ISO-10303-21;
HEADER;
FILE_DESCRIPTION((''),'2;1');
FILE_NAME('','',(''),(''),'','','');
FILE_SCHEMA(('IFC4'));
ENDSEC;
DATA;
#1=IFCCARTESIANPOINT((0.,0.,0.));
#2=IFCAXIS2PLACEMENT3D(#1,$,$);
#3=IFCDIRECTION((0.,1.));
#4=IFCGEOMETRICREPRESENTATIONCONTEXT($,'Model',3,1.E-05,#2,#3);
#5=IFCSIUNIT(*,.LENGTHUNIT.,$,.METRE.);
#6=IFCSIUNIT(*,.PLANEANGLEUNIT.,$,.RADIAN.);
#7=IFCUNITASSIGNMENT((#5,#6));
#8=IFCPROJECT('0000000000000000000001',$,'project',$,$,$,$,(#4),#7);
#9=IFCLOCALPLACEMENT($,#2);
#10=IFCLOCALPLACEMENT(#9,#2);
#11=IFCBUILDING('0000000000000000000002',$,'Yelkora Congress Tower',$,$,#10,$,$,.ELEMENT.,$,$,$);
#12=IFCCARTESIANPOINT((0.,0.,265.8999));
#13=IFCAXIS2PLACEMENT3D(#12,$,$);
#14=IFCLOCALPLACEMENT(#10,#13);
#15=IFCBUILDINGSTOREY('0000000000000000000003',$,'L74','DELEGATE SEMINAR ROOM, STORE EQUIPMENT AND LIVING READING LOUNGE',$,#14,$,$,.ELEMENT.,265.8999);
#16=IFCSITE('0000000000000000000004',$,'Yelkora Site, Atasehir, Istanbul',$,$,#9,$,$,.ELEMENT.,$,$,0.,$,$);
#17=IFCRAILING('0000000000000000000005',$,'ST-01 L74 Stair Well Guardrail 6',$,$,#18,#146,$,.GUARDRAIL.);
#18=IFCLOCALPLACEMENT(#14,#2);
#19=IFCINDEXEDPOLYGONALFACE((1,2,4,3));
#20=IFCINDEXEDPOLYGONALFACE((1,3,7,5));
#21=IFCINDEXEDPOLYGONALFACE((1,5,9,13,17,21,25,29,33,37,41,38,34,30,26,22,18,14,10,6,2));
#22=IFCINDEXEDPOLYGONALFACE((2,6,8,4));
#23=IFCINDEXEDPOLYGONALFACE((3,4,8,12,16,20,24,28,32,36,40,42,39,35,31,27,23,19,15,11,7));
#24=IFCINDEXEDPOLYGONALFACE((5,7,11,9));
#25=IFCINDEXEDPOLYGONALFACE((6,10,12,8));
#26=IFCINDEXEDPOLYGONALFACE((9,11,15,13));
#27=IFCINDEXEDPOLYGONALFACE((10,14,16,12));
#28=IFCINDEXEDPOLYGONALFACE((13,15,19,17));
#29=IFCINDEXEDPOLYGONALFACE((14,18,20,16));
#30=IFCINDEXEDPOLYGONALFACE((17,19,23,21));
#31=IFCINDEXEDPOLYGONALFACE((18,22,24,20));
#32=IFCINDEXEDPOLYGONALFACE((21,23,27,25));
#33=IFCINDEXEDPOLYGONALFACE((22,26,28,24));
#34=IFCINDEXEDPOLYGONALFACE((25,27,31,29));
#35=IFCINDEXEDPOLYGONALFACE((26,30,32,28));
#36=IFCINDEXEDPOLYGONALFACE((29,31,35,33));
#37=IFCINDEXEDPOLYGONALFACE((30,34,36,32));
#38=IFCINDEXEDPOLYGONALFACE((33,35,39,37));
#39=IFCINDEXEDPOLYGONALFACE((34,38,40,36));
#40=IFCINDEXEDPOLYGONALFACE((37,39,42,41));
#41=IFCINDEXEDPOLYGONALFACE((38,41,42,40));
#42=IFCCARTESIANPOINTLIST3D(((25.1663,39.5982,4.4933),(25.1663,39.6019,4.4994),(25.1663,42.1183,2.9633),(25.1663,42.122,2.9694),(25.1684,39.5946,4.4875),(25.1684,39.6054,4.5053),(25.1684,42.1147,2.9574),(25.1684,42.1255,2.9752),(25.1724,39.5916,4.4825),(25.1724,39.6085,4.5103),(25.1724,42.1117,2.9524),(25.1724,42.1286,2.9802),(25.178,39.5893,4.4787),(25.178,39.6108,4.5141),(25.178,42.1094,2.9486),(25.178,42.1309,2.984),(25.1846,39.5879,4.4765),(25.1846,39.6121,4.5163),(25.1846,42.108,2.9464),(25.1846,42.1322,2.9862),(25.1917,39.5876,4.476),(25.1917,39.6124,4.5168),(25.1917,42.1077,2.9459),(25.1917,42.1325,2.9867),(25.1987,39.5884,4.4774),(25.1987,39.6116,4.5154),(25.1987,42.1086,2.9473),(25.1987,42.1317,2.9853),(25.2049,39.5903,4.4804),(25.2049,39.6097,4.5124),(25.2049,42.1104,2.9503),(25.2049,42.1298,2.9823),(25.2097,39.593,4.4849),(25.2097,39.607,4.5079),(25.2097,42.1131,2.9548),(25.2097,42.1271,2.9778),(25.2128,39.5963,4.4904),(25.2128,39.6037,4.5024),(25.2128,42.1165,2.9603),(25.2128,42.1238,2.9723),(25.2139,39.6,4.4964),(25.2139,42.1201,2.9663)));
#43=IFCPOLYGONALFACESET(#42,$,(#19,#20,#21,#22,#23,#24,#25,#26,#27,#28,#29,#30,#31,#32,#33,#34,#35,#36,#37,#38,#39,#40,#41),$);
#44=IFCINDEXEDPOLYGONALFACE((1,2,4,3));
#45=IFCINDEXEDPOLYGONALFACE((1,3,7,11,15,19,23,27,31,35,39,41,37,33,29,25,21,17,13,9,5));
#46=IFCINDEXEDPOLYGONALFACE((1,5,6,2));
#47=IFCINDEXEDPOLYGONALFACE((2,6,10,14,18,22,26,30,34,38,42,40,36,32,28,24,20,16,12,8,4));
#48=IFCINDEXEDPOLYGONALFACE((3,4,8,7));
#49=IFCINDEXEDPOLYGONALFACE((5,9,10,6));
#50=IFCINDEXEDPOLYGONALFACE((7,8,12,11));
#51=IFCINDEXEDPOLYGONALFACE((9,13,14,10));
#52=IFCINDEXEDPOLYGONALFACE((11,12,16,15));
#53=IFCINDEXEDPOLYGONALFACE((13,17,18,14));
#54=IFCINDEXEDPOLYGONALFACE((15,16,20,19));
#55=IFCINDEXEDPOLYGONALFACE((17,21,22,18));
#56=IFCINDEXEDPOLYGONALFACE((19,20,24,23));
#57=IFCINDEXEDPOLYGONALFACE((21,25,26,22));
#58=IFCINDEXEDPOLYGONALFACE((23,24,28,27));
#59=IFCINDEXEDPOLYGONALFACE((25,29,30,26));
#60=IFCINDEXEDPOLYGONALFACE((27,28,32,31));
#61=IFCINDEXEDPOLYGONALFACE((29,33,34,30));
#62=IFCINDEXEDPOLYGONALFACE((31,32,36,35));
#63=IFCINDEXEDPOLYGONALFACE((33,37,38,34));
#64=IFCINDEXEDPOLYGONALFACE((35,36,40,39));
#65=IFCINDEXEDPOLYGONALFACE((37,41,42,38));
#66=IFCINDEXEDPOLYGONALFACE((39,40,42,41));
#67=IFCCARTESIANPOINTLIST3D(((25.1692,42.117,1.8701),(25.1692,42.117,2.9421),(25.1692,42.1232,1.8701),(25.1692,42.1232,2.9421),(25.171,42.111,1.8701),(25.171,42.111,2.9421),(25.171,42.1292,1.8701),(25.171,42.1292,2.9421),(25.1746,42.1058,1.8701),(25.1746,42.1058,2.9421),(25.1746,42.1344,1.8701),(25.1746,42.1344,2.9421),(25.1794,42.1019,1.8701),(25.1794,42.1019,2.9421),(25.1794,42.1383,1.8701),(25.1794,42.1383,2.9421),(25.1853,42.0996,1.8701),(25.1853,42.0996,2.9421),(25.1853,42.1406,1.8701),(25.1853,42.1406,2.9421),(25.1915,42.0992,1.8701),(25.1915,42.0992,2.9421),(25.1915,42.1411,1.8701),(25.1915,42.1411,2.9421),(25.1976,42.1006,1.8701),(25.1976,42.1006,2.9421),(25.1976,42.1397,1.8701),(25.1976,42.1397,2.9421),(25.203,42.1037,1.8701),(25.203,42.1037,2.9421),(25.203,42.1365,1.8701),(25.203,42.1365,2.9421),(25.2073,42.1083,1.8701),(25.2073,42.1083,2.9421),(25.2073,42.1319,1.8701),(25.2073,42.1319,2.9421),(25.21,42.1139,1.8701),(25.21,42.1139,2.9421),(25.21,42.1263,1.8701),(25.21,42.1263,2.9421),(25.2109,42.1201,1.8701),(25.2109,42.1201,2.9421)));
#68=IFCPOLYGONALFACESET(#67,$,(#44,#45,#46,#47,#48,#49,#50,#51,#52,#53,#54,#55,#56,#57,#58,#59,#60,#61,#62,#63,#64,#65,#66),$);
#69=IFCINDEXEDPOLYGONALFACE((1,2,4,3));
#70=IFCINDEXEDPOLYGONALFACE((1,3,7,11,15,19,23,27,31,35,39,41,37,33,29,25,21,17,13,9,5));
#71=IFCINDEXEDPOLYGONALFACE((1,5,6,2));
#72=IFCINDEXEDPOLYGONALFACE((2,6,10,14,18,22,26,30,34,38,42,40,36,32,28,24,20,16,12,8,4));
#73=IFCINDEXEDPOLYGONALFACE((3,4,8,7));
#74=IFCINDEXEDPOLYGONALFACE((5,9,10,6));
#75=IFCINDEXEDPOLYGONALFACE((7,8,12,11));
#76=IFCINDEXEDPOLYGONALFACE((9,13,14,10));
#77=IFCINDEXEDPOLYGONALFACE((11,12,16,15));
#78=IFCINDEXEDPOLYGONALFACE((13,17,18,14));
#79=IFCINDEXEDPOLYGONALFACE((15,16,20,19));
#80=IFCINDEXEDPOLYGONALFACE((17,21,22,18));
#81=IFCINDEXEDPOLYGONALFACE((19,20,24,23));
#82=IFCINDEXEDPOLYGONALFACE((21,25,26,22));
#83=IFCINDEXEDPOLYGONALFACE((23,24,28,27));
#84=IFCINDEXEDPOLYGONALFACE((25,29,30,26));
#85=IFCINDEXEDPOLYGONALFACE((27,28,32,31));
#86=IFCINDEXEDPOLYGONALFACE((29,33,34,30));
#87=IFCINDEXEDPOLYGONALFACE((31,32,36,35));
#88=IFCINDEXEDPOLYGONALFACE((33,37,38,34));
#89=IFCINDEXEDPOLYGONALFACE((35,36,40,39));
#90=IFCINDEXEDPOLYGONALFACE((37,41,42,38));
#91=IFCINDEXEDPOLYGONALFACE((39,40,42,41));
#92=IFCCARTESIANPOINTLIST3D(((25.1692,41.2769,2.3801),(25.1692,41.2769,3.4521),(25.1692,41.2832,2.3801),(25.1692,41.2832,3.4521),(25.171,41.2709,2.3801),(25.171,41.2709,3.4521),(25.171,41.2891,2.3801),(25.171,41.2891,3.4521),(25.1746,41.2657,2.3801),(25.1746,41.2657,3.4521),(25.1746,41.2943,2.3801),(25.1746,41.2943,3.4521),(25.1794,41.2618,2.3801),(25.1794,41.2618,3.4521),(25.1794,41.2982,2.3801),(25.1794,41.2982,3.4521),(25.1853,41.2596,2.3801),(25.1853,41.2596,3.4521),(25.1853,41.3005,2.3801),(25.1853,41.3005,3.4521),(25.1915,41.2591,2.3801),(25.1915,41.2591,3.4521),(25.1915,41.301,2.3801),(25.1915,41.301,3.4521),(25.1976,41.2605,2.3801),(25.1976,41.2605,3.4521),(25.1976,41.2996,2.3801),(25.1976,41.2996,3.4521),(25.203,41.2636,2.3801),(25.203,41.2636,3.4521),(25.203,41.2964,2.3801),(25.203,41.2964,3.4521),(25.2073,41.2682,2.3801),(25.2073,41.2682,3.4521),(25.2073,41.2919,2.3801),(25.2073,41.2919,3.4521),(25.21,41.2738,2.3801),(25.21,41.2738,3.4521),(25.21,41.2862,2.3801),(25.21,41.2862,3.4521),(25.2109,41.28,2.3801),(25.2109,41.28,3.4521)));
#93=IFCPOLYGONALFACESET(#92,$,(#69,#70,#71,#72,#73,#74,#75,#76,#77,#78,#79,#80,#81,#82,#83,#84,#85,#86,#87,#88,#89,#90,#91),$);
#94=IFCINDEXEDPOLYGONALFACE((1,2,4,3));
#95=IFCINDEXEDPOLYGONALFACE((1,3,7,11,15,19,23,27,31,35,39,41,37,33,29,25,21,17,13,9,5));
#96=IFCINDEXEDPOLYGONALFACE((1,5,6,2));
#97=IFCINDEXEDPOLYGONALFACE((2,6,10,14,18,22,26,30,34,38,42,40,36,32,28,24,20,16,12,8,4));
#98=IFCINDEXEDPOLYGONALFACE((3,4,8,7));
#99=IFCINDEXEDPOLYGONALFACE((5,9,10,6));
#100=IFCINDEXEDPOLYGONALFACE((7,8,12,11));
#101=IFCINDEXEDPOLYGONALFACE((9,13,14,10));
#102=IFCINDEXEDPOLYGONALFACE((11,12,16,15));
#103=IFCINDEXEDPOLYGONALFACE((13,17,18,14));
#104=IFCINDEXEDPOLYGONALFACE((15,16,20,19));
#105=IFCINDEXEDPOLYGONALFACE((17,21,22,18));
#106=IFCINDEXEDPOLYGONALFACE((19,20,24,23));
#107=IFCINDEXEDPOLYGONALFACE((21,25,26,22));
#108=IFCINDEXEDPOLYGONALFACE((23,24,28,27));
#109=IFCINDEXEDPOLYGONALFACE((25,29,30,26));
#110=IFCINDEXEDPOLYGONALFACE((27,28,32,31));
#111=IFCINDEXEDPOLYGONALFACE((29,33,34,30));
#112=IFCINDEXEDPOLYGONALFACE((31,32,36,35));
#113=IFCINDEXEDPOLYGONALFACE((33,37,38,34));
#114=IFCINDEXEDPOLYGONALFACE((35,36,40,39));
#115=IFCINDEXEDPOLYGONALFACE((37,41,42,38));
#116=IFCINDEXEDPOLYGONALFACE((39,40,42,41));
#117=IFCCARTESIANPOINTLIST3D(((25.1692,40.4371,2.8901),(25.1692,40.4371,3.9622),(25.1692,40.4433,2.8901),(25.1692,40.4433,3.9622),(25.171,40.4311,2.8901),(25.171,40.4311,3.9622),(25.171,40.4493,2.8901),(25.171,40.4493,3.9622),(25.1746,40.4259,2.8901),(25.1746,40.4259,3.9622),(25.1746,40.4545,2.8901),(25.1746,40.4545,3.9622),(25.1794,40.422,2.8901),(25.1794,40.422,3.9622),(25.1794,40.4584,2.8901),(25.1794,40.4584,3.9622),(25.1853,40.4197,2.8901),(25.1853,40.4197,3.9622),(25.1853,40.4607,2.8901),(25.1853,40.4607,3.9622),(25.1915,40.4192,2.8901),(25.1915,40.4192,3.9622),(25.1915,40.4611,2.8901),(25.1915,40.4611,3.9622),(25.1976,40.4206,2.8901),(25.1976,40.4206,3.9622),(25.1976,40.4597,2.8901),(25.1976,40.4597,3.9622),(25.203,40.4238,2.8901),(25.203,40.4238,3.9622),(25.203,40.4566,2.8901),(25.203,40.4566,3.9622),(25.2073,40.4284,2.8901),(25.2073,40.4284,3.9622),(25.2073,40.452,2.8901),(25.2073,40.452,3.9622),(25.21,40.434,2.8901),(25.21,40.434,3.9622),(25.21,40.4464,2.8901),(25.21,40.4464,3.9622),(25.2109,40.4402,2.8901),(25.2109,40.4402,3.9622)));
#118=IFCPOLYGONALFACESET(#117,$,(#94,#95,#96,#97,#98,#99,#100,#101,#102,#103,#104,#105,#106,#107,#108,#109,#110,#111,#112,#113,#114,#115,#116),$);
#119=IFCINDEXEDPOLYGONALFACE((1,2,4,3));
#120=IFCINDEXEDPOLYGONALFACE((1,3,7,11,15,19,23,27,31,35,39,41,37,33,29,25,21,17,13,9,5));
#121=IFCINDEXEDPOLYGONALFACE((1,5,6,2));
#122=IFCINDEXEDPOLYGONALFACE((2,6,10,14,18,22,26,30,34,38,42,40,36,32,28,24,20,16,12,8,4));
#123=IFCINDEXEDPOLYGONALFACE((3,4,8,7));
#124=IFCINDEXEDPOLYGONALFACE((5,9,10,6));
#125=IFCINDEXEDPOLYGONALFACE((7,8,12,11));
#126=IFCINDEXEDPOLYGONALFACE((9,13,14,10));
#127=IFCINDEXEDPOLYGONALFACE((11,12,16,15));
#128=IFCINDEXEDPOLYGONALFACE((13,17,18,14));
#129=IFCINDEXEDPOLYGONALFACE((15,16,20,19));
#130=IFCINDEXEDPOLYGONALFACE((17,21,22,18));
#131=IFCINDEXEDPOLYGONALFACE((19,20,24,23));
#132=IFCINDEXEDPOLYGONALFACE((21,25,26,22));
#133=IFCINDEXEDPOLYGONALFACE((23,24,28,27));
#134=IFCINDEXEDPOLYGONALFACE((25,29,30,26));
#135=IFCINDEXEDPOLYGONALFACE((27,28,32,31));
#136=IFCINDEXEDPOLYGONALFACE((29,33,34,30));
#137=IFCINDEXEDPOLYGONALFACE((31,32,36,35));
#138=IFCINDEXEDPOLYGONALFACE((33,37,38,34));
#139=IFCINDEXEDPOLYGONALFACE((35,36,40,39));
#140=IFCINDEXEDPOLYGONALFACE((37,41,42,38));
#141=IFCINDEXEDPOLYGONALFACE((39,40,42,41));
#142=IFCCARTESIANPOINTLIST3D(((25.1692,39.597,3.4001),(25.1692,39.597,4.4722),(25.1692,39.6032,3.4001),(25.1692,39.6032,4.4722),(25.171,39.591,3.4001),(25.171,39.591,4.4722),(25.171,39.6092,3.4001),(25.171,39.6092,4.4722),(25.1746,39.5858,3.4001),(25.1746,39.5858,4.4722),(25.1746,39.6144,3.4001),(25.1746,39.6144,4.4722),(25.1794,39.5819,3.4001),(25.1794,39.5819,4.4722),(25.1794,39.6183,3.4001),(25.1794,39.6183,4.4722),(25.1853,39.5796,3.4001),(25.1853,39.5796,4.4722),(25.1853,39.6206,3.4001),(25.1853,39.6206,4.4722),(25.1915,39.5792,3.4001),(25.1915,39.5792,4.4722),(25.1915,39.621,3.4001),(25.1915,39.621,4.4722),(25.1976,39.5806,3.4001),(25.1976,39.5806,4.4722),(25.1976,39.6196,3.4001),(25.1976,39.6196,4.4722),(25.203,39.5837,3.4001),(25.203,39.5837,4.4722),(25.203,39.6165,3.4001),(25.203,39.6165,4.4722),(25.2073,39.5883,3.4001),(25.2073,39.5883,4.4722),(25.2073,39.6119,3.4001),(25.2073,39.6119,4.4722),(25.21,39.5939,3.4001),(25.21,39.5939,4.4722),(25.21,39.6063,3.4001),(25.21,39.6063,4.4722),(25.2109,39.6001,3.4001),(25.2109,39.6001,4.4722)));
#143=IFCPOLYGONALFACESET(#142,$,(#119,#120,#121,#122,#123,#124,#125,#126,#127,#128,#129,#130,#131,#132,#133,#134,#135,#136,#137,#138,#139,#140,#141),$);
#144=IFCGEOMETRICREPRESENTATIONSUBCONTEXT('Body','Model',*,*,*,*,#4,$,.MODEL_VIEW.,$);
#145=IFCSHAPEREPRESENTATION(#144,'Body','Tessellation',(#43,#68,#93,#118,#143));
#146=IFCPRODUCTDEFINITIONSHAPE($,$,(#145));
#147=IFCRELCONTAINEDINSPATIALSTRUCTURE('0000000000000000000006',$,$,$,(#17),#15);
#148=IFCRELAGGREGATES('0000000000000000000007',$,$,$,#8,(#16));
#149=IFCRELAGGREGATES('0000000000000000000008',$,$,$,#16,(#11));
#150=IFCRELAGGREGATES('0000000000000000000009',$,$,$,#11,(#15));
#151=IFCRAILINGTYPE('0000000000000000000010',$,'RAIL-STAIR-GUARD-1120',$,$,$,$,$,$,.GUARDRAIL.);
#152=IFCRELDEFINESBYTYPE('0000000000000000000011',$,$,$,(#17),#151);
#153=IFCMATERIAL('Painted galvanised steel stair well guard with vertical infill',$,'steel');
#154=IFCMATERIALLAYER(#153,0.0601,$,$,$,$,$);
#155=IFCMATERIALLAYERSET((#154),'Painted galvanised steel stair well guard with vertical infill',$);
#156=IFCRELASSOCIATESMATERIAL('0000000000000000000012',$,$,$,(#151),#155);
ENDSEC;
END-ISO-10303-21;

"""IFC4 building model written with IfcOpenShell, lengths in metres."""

from ifc_helpers import new_model, si_unit, direction, frame, origin, origin_2d, place, context, subcontext, project, spatial, circle, extrude, material, layer, layer_set, type_object, element, save


model = new_model("IFC4")

# Units and contexts
model_context = context("Model", 3, precision=1e-05, world=origin(), true_north=direction((0.0, 1.0)))
body_context = subcontext(model_context, "Body", "Model", "MODEL_VIEW")
ifc_project = project(units=[si_unit("LENGTHUNIT", "METRE"), si_unit("PLANEANGLEUNIT", "RADIAN")], contexts=[model_context])

# Site, building, storey
site_placement = place(None, origin())
site = spatial("IfcSite", under=ifc_project, at=site_placement, Name="Yelkora Site, Atasehir, Istanbul", CompositionType="ELEMENT", RefElevation=0.0)
building_placement = place(site_placement, origin())
building = spatial("IfcBuilding", under=site, at=building_placement, Name="Yelkora Congress Tower", CompositionType="ELEMENT")
storey_placement = place(building_placement, frame((0.0, 0.0, 265.8999)))
storey = spatial("IfcBuildingStorey", under=building, at=storey_placement, Name="L74", Description="DELEGATE SEMINAR ROOM, STORE EQUIPMENT AND LIVING READING LOUNGE", CompositionType="ELEMENT", Elevation=265.8999)

# Railing
ifc_material_1 = material(Name="Painted galvanised steel stair well guard with vertical infill", Category="steel")
ifc_layer_1 = layer(ifc_material_1, 0.0601)
ifc_layer_set_1 = layer_set([ifc_layer_1], Name="Painted galvanised steel stair well guard with vertical infill")
railing_type_1 = type_object("IfcRailingType", Name="RAIL-STAIR-GUARD-1120", PredefinedType="GUARDRAIL", material=ifc_layer_set_1)
railing_1_placement = place(storey_placement, frame((25.1899, 42.1201, 1.8701)))
element("IfcRailing", 1, at=railing_1_placement, inside=storey, type_object=railing_type_1, Name="ST-01 L74 Stair Well Guardrail 6", PredefinedType="GUARDRAIL", context=body_context, shape_type="SweptSolid", body=[
    extrude(circle(Radius=0.0239, at=origin_2d()), frame((0.0, 0.0, 1.0962), z_axis=(0.0, -0.854785, 0.518982), x_axis=(1.0, 0.0, 0.0)), (0.0, 0.0, 1.0), 2.9482),
    extrude(circle(Radius=0.021, at=origin_2d()), origin(), (0.0, 0.0, 1.0), 1.072),
    extrude(circle(Radius=0.021, at=origin_2d()), frame((0.0, -0.8401, 0.51)), (0.0, 0.0, 1.0), 1.072),
    extrude(circle(Radius=0.021, at=origin_2d()), frame((0.0, -1.6799, 1.02)), (0.0, 0.0, 1.0), 1.072),
    extrude(circle(Radius=0.021, at=origin_2d()), frame((0.0, -2.52, 1.53)), (0.0, 0.0, 1.0), 1.072),
])

save(model, "model.ifc")
